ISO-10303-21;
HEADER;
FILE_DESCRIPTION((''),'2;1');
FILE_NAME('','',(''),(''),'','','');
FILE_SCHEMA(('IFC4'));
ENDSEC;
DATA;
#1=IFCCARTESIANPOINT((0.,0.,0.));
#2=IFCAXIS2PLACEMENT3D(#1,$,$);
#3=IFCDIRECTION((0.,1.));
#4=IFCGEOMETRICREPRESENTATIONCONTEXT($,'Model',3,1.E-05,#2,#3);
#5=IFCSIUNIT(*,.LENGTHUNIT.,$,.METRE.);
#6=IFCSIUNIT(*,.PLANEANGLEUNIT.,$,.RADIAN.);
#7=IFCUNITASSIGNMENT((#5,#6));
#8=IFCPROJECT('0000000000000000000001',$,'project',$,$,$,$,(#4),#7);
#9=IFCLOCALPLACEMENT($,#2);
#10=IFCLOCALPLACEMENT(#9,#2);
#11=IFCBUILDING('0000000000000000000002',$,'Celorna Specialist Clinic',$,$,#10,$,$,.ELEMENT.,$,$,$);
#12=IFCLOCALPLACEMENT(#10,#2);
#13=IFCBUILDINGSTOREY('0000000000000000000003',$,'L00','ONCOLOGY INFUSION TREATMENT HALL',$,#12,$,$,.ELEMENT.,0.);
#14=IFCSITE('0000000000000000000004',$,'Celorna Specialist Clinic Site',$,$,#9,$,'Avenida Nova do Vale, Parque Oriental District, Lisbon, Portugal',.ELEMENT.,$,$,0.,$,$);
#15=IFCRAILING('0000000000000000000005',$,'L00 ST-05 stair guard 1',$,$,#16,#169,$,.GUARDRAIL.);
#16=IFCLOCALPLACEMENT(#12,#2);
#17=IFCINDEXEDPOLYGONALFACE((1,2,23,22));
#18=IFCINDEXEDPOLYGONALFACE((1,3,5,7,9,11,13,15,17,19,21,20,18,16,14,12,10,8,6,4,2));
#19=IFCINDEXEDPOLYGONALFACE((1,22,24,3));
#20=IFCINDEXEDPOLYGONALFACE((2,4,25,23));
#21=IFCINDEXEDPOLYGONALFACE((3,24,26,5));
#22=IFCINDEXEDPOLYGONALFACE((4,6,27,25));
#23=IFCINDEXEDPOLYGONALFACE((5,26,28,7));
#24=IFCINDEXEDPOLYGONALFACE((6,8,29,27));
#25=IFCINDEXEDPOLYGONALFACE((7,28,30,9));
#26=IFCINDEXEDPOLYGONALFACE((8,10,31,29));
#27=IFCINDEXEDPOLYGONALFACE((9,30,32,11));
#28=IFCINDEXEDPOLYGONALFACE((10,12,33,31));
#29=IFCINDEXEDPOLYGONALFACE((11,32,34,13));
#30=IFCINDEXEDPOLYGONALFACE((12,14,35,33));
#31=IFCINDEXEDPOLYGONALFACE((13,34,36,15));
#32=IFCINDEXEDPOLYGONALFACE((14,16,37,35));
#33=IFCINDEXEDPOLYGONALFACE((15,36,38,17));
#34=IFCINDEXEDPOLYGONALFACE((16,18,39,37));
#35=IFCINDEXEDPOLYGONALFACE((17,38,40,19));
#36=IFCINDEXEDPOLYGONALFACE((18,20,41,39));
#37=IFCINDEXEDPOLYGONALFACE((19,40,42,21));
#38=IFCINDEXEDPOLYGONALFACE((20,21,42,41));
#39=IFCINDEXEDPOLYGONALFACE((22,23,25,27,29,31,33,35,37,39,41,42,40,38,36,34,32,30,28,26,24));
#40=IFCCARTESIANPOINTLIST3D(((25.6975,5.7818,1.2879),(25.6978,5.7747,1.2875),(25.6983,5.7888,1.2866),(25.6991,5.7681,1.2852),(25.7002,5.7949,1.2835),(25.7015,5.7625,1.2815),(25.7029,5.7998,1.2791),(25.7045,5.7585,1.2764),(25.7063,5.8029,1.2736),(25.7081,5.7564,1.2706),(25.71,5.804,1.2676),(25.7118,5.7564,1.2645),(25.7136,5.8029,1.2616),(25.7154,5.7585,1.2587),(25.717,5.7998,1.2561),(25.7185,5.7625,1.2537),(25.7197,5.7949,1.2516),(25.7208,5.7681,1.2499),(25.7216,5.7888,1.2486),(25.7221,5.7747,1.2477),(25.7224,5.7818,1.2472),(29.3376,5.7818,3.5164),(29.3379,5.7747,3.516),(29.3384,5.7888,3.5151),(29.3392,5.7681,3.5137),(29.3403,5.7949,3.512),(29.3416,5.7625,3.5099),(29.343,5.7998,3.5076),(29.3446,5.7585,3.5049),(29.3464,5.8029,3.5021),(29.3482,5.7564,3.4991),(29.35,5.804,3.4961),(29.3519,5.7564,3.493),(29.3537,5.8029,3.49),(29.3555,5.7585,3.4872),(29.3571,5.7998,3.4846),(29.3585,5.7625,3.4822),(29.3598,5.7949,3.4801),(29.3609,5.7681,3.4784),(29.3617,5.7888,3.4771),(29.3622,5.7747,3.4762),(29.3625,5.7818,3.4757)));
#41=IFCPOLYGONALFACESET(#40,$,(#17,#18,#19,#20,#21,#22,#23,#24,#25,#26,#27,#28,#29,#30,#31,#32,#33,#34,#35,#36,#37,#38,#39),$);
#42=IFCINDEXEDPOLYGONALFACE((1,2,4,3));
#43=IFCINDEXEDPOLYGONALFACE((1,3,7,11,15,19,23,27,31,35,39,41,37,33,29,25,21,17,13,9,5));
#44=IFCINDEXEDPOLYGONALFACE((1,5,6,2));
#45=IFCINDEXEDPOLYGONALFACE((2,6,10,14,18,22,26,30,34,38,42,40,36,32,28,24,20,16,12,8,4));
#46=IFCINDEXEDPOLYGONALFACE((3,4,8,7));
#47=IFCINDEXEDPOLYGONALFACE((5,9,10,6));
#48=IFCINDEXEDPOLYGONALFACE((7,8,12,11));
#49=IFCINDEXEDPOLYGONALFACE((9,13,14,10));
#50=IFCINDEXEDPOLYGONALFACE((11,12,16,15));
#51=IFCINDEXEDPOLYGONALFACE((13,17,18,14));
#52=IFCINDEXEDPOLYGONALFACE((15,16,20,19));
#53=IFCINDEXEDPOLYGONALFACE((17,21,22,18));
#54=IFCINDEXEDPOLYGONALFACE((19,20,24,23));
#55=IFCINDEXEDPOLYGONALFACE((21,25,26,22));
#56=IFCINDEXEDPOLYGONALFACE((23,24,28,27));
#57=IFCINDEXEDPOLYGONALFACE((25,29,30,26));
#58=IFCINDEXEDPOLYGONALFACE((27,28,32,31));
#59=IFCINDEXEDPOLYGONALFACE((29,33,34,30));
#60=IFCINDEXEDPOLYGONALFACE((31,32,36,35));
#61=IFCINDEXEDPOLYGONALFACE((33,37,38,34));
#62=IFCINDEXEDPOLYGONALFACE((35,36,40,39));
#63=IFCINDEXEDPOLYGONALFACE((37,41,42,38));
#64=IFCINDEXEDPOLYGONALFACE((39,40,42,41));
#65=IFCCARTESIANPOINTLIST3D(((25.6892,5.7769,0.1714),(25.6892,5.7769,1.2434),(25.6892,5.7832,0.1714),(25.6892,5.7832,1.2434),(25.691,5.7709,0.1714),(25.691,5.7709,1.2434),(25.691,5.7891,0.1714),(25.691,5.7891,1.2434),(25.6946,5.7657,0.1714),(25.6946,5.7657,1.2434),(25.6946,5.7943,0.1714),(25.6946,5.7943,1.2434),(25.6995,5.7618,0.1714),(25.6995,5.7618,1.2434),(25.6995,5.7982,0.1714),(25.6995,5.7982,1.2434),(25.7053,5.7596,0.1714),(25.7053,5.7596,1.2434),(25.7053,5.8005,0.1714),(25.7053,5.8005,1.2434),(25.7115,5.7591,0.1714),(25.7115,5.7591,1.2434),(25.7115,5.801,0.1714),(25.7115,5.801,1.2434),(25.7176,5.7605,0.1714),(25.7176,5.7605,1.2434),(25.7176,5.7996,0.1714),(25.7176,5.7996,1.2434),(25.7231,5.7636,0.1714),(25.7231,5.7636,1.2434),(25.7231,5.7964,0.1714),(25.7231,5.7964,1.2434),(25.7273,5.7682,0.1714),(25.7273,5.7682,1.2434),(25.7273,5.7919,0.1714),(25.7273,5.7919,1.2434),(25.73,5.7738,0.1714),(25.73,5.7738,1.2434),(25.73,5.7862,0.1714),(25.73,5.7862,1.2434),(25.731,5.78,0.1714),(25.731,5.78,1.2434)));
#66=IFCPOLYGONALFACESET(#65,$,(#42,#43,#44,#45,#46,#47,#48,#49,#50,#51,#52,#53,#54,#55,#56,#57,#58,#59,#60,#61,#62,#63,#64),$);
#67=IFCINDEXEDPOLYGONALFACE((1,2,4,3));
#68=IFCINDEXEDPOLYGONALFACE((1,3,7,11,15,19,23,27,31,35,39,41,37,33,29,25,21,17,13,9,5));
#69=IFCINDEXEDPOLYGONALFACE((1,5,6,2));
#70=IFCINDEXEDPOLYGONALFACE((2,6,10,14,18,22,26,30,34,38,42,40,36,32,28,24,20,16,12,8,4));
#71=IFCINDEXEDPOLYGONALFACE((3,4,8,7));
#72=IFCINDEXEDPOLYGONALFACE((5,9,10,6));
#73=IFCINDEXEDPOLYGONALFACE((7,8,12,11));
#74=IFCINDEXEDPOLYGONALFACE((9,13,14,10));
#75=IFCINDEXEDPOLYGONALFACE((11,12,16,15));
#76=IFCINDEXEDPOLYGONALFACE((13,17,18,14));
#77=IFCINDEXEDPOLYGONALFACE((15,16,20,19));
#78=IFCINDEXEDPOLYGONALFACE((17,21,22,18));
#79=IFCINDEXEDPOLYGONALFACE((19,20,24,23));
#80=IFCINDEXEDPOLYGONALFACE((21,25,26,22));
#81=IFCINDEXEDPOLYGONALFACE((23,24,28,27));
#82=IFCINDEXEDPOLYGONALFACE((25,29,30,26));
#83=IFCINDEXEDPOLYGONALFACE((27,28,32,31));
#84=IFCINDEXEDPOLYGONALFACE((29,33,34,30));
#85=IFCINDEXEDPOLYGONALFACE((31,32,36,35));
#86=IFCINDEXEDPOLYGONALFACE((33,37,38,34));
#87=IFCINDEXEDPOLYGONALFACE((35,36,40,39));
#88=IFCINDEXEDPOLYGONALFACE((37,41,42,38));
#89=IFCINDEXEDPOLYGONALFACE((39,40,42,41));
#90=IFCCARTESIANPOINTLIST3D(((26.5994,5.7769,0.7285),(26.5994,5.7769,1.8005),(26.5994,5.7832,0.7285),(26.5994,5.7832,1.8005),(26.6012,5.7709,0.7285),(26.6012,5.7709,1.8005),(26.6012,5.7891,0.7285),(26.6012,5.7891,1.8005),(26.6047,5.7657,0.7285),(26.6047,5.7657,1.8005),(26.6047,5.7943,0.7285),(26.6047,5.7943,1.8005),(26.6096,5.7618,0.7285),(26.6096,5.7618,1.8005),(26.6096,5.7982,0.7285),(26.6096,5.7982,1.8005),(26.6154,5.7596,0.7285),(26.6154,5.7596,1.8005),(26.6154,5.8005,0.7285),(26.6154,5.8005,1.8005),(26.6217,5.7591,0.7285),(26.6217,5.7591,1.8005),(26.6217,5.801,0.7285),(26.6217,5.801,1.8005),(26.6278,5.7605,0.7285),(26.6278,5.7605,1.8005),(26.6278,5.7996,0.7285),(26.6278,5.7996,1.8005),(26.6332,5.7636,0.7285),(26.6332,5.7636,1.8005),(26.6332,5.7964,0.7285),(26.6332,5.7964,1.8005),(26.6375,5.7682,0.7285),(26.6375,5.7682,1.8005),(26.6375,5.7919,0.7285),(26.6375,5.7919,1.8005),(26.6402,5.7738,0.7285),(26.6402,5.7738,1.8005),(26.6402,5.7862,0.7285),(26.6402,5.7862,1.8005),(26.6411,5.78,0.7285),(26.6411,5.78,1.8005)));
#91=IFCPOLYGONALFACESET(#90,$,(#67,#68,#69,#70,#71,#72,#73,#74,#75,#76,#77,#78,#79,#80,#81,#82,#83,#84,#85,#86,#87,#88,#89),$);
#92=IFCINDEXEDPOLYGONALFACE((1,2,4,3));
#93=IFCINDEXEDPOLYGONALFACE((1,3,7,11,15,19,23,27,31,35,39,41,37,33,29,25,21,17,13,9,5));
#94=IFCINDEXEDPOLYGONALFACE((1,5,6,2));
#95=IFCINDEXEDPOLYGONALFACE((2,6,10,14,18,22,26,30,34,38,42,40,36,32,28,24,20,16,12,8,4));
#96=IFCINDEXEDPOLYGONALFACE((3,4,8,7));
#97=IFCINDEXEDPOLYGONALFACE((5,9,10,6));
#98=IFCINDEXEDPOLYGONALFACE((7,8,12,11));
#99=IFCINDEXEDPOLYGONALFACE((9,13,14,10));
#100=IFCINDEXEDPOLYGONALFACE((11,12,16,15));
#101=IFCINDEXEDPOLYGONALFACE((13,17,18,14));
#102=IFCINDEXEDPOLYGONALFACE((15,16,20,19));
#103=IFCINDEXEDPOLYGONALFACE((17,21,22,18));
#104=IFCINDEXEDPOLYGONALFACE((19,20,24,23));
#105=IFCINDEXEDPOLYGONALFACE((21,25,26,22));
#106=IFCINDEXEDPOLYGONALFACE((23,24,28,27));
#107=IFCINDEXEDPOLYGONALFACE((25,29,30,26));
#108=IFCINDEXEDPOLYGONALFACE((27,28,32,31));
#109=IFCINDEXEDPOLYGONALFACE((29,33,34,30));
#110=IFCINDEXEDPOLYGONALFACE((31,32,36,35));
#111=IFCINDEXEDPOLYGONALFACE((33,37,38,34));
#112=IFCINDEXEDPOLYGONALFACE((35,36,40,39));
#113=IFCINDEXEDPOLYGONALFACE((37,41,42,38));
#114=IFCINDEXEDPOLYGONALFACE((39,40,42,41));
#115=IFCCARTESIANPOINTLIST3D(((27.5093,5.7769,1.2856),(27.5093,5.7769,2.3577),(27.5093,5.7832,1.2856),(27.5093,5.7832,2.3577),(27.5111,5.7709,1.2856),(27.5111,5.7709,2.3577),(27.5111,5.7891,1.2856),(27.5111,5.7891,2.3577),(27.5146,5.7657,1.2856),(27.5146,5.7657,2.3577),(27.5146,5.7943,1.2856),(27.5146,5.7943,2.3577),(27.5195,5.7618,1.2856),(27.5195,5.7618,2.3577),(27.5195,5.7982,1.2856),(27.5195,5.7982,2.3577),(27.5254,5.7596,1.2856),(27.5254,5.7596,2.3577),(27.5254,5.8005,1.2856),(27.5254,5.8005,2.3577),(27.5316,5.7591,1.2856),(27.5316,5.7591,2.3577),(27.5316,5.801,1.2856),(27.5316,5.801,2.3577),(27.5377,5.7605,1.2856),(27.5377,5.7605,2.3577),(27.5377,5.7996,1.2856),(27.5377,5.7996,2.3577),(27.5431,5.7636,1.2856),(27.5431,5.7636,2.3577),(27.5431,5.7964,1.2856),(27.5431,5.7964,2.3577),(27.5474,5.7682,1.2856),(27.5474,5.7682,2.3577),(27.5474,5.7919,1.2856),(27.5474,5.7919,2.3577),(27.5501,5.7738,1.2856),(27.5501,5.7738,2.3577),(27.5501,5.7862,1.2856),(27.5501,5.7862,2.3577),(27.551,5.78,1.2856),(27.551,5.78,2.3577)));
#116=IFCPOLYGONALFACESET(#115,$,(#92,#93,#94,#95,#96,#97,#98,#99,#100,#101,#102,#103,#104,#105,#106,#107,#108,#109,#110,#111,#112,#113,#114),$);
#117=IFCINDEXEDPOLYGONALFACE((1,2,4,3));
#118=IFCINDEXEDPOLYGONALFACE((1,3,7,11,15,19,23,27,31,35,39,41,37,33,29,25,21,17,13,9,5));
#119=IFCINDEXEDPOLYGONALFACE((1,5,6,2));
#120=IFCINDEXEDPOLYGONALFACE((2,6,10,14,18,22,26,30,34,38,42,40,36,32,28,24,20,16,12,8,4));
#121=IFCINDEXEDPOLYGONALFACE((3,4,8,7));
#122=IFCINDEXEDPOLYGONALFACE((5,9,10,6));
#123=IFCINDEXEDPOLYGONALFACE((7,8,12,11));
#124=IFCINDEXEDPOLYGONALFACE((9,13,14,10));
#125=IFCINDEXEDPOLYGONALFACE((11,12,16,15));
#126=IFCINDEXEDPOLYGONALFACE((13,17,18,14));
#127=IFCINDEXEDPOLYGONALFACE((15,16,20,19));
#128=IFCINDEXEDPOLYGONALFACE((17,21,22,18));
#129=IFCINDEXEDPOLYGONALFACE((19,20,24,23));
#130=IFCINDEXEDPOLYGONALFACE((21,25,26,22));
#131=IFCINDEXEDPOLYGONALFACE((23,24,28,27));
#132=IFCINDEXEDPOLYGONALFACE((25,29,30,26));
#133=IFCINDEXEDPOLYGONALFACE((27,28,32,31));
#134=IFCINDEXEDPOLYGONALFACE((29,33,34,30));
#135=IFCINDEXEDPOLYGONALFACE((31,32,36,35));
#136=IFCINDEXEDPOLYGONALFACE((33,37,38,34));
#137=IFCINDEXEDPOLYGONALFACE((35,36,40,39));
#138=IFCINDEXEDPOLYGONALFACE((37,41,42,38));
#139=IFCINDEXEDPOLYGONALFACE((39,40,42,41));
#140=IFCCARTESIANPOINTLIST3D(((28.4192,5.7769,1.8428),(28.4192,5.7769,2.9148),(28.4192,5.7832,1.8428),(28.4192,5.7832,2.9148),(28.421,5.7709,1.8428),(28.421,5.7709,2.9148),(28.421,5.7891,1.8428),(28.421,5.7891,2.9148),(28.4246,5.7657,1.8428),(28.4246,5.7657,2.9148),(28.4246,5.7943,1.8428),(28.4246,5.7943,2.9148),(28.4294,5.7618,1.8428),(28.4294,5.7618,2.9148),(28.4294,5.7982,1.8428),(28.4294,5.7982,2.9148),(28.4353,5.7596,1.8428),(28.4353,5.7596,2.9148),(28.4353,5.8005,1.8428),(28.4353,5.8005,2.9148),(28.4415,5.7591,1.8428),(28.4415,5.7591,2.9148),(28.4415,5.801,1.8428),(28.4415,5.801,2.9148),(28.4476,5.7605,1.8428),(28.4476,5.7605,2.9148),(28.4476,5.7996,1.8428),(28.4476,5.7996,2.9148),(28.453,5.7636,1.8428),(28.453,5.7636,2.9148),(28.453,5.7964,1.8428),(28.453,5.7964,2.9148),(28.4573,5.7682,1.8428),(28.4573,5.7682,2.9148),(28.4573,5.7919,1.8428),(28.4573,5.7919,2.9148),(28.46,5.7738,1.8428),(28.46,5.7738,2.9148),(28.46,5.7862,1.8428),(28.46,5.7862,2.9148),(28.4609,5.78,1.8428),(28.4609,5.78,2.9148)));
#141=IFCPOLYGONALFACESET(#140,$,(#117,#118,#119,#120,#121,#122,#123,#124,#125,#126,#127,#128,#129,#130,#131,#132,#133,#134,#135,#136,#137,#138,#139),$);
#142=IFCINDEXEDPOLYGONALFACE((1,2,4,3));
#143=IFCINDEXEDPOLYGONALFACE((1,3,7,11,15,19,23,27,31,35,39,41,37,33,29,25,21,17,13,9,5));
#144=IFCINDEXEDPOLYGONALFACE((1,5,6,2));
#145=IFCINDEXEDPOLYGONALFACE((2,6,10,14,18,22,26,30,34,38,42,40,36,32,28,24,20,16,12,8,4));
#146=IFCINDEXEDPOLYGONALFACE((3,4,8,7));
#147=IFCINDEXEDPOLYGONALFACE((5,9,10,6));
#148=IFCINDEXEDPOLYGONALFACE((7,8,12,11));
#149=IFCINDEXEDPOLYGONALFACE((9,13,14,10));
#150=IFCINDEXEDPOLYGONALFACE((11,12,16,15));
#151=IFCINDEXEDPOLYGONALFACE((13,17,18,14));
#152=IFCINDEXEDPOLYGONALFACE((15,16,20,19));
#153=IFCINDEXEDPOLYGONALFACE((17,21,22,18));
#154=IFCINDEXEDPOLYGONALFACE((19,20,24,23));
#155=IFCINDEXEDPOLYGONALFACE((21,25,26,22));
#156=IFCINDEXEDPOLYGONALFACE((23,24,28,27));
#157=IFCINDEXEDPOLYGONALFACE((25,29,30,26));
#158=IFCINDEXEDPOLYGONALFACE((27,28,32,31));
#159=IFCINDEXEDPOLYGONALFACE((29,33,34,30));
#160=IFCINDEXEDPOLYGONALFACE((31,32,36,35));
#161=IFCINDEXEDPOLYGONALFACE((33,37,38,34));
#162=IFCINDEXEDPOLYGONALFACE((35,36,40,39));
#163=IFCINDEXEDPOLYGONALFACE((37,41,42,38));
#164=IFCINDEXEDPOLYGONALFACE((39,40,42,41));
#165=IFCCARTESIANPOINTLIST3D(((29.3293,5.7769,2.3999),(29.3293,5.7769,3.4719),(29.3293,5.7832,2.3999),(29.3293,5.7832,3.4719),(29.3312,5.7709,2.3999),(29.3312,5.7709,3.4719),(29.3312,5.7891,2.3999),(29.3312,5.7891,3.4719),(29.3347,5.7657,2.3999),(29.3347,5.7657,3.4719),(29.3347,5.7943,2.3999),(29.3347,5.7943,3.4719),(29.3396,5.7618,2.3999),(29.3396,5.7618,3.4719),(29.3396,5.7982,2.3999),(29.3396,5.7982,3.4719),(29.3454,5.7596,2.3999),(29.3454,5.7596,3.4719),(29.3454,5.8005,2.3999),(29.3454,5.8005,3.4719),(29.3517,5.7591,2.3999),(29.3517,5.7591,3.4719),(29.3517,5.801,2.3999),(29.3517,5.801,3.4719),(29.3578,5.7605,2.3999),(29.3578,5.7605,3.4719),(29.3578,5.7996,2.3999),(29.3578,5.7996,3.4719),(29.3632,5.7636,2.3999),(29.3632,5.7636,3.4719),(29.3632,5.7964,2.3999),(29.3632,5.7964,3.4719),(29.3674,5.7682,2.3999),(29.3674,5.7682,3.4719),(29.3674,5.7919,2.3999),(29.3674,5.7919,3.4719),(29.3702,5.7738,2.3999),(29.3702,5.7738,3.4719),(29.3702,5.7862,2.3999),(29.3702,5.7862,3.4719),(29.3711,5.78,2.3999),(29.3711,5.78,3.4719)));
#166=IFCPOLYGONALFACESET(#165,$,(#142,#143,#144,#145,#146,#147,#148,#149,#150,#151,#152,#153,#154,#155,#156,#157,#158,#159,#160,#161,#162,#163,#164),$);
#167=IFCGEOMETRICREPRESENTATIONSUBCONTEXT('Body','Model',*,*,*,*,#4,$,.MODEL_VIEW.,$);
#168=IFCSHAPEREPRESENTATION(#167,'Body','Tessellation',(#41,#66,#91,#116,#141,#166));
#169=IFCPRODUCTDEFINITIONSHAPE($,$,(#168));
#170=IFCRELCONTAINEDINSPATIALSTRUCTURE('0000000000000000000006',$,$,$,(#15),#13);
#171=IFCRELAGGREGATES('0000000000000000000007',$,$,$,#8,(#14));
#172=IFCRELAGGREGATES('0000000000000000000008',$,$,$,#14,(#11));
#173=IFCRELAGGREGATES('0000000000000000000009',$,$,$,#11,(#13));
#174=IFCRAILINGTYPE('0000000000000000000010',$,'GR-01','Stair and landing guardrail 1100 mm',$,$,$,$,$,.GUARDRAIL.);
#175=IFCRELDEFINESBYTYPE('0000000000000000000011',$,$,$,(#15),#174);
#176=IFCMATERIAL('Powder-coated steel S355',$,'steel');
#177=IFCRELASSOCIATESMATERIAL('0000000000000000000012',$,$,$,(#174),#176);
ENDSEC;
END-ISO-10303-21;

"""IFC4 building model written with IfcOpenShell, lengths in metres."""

from ifc_helpers import new_model, si_unit, direction, frame, origin, origin_2d, place, context, subcontext, project, spatial, circle, extrude, material, type_object, element, save


model = new_model("IFC4")

# Units and contexts
model_context = context("Model", 3, precision=1e-05, world=origin(), true_north=direction((0.0, 1.0)))
body_context = subcontext(model_context, "Body", "Model", "MODEL_VIEW")
ifc_project = project(units=[si_unit("LENGTHUNIT", "METRE"), si_unit("PLANEANGLEUNIT", "RADIAN")], contexts=[model_context])

# Site, building, storey
site_placement = place(None, origin())
site = spatial("IfcSite", under=ifc_project, at=site_placement, Name="Celorna Specialist Clinic Site", LongName="Avenida Nova do Vale, Parque Oriental District, Lisbon, Portugal", CompositionType="ELEMENT", RefElevation=0.0)
building_placement = place(site_placement, origin())
building = spatial("IfcBuilding", under=site, at=building_placement, Name="Celorna Specialist Clinic", CompositionType="ELEMENT")
storey_placement = place(building_placement, origin())
storey = spatial("IfcBuildingStorey", under=building, at=storey_placement, Name="L00", Description="ONCOLOGY INFUSION TREATMENT HALL", CompositionType="ELEMENT", Elevation=0.0)

# Railing
ifc_material_1 = material(Name="Powder-coated steel S355", Category="steel")
railing_type_1 = type_object("IfcRailingType", Name="GR-01", Description="Stair and landing guardrail 1100 mm", PredefinedType="GUARDRAIL", material=ifc_material_1)
railing_1_placement = place(storey_placement, frame((25.71, 5.78, 0.1714)))
element("IfcRailing", 1, at=railing_1_placement, inside=storey, type_object=railing_type_1, Name="L00 ST-05 stair guard 1", PredefinedType="GUARDRAIL", context=body_context, shape_type="SweptSolid", body=[
    extrude(circle(Radius=0.0239, at=origin_2d()), frame((0.0, 0.0, 1.0962), z_axis=(0.852866, 0.0, 0.52213), x_axis=(0.0, 1.0, 0.0)), (0.0, 0.0, 1.0), 4.2681),
    extrude(circle(Radius=0.021, at=origin_2d()), origin(), (0.0, 0.0, 1.0), 1.072),
    extrude(circle(Radius=0.021, at=origin_2d()), frame((0.9102, 0.0, 0.5571)), (0.0, 0.0, 1.0), 1.072),
    extrude(circle(Radius=0.021, at=origin_2d()), frame((1.8201, 0.0, 1.1143)), (0.0, 0.0, 1.0), 1.072),
    extrude(circle(Radius=0.021, at=origin_2d()), frame((2.73, 0.0, 1.6714)), (0.0, 0.0, 1.0), 1.072),
    extrude(circle(Radius=0.021, at=origin_2d()), frame((3.6401, 0.0, 2.2285)), (0.0, 0.0, 1.0), 1.072),
])

save(model, "model.ifc")
